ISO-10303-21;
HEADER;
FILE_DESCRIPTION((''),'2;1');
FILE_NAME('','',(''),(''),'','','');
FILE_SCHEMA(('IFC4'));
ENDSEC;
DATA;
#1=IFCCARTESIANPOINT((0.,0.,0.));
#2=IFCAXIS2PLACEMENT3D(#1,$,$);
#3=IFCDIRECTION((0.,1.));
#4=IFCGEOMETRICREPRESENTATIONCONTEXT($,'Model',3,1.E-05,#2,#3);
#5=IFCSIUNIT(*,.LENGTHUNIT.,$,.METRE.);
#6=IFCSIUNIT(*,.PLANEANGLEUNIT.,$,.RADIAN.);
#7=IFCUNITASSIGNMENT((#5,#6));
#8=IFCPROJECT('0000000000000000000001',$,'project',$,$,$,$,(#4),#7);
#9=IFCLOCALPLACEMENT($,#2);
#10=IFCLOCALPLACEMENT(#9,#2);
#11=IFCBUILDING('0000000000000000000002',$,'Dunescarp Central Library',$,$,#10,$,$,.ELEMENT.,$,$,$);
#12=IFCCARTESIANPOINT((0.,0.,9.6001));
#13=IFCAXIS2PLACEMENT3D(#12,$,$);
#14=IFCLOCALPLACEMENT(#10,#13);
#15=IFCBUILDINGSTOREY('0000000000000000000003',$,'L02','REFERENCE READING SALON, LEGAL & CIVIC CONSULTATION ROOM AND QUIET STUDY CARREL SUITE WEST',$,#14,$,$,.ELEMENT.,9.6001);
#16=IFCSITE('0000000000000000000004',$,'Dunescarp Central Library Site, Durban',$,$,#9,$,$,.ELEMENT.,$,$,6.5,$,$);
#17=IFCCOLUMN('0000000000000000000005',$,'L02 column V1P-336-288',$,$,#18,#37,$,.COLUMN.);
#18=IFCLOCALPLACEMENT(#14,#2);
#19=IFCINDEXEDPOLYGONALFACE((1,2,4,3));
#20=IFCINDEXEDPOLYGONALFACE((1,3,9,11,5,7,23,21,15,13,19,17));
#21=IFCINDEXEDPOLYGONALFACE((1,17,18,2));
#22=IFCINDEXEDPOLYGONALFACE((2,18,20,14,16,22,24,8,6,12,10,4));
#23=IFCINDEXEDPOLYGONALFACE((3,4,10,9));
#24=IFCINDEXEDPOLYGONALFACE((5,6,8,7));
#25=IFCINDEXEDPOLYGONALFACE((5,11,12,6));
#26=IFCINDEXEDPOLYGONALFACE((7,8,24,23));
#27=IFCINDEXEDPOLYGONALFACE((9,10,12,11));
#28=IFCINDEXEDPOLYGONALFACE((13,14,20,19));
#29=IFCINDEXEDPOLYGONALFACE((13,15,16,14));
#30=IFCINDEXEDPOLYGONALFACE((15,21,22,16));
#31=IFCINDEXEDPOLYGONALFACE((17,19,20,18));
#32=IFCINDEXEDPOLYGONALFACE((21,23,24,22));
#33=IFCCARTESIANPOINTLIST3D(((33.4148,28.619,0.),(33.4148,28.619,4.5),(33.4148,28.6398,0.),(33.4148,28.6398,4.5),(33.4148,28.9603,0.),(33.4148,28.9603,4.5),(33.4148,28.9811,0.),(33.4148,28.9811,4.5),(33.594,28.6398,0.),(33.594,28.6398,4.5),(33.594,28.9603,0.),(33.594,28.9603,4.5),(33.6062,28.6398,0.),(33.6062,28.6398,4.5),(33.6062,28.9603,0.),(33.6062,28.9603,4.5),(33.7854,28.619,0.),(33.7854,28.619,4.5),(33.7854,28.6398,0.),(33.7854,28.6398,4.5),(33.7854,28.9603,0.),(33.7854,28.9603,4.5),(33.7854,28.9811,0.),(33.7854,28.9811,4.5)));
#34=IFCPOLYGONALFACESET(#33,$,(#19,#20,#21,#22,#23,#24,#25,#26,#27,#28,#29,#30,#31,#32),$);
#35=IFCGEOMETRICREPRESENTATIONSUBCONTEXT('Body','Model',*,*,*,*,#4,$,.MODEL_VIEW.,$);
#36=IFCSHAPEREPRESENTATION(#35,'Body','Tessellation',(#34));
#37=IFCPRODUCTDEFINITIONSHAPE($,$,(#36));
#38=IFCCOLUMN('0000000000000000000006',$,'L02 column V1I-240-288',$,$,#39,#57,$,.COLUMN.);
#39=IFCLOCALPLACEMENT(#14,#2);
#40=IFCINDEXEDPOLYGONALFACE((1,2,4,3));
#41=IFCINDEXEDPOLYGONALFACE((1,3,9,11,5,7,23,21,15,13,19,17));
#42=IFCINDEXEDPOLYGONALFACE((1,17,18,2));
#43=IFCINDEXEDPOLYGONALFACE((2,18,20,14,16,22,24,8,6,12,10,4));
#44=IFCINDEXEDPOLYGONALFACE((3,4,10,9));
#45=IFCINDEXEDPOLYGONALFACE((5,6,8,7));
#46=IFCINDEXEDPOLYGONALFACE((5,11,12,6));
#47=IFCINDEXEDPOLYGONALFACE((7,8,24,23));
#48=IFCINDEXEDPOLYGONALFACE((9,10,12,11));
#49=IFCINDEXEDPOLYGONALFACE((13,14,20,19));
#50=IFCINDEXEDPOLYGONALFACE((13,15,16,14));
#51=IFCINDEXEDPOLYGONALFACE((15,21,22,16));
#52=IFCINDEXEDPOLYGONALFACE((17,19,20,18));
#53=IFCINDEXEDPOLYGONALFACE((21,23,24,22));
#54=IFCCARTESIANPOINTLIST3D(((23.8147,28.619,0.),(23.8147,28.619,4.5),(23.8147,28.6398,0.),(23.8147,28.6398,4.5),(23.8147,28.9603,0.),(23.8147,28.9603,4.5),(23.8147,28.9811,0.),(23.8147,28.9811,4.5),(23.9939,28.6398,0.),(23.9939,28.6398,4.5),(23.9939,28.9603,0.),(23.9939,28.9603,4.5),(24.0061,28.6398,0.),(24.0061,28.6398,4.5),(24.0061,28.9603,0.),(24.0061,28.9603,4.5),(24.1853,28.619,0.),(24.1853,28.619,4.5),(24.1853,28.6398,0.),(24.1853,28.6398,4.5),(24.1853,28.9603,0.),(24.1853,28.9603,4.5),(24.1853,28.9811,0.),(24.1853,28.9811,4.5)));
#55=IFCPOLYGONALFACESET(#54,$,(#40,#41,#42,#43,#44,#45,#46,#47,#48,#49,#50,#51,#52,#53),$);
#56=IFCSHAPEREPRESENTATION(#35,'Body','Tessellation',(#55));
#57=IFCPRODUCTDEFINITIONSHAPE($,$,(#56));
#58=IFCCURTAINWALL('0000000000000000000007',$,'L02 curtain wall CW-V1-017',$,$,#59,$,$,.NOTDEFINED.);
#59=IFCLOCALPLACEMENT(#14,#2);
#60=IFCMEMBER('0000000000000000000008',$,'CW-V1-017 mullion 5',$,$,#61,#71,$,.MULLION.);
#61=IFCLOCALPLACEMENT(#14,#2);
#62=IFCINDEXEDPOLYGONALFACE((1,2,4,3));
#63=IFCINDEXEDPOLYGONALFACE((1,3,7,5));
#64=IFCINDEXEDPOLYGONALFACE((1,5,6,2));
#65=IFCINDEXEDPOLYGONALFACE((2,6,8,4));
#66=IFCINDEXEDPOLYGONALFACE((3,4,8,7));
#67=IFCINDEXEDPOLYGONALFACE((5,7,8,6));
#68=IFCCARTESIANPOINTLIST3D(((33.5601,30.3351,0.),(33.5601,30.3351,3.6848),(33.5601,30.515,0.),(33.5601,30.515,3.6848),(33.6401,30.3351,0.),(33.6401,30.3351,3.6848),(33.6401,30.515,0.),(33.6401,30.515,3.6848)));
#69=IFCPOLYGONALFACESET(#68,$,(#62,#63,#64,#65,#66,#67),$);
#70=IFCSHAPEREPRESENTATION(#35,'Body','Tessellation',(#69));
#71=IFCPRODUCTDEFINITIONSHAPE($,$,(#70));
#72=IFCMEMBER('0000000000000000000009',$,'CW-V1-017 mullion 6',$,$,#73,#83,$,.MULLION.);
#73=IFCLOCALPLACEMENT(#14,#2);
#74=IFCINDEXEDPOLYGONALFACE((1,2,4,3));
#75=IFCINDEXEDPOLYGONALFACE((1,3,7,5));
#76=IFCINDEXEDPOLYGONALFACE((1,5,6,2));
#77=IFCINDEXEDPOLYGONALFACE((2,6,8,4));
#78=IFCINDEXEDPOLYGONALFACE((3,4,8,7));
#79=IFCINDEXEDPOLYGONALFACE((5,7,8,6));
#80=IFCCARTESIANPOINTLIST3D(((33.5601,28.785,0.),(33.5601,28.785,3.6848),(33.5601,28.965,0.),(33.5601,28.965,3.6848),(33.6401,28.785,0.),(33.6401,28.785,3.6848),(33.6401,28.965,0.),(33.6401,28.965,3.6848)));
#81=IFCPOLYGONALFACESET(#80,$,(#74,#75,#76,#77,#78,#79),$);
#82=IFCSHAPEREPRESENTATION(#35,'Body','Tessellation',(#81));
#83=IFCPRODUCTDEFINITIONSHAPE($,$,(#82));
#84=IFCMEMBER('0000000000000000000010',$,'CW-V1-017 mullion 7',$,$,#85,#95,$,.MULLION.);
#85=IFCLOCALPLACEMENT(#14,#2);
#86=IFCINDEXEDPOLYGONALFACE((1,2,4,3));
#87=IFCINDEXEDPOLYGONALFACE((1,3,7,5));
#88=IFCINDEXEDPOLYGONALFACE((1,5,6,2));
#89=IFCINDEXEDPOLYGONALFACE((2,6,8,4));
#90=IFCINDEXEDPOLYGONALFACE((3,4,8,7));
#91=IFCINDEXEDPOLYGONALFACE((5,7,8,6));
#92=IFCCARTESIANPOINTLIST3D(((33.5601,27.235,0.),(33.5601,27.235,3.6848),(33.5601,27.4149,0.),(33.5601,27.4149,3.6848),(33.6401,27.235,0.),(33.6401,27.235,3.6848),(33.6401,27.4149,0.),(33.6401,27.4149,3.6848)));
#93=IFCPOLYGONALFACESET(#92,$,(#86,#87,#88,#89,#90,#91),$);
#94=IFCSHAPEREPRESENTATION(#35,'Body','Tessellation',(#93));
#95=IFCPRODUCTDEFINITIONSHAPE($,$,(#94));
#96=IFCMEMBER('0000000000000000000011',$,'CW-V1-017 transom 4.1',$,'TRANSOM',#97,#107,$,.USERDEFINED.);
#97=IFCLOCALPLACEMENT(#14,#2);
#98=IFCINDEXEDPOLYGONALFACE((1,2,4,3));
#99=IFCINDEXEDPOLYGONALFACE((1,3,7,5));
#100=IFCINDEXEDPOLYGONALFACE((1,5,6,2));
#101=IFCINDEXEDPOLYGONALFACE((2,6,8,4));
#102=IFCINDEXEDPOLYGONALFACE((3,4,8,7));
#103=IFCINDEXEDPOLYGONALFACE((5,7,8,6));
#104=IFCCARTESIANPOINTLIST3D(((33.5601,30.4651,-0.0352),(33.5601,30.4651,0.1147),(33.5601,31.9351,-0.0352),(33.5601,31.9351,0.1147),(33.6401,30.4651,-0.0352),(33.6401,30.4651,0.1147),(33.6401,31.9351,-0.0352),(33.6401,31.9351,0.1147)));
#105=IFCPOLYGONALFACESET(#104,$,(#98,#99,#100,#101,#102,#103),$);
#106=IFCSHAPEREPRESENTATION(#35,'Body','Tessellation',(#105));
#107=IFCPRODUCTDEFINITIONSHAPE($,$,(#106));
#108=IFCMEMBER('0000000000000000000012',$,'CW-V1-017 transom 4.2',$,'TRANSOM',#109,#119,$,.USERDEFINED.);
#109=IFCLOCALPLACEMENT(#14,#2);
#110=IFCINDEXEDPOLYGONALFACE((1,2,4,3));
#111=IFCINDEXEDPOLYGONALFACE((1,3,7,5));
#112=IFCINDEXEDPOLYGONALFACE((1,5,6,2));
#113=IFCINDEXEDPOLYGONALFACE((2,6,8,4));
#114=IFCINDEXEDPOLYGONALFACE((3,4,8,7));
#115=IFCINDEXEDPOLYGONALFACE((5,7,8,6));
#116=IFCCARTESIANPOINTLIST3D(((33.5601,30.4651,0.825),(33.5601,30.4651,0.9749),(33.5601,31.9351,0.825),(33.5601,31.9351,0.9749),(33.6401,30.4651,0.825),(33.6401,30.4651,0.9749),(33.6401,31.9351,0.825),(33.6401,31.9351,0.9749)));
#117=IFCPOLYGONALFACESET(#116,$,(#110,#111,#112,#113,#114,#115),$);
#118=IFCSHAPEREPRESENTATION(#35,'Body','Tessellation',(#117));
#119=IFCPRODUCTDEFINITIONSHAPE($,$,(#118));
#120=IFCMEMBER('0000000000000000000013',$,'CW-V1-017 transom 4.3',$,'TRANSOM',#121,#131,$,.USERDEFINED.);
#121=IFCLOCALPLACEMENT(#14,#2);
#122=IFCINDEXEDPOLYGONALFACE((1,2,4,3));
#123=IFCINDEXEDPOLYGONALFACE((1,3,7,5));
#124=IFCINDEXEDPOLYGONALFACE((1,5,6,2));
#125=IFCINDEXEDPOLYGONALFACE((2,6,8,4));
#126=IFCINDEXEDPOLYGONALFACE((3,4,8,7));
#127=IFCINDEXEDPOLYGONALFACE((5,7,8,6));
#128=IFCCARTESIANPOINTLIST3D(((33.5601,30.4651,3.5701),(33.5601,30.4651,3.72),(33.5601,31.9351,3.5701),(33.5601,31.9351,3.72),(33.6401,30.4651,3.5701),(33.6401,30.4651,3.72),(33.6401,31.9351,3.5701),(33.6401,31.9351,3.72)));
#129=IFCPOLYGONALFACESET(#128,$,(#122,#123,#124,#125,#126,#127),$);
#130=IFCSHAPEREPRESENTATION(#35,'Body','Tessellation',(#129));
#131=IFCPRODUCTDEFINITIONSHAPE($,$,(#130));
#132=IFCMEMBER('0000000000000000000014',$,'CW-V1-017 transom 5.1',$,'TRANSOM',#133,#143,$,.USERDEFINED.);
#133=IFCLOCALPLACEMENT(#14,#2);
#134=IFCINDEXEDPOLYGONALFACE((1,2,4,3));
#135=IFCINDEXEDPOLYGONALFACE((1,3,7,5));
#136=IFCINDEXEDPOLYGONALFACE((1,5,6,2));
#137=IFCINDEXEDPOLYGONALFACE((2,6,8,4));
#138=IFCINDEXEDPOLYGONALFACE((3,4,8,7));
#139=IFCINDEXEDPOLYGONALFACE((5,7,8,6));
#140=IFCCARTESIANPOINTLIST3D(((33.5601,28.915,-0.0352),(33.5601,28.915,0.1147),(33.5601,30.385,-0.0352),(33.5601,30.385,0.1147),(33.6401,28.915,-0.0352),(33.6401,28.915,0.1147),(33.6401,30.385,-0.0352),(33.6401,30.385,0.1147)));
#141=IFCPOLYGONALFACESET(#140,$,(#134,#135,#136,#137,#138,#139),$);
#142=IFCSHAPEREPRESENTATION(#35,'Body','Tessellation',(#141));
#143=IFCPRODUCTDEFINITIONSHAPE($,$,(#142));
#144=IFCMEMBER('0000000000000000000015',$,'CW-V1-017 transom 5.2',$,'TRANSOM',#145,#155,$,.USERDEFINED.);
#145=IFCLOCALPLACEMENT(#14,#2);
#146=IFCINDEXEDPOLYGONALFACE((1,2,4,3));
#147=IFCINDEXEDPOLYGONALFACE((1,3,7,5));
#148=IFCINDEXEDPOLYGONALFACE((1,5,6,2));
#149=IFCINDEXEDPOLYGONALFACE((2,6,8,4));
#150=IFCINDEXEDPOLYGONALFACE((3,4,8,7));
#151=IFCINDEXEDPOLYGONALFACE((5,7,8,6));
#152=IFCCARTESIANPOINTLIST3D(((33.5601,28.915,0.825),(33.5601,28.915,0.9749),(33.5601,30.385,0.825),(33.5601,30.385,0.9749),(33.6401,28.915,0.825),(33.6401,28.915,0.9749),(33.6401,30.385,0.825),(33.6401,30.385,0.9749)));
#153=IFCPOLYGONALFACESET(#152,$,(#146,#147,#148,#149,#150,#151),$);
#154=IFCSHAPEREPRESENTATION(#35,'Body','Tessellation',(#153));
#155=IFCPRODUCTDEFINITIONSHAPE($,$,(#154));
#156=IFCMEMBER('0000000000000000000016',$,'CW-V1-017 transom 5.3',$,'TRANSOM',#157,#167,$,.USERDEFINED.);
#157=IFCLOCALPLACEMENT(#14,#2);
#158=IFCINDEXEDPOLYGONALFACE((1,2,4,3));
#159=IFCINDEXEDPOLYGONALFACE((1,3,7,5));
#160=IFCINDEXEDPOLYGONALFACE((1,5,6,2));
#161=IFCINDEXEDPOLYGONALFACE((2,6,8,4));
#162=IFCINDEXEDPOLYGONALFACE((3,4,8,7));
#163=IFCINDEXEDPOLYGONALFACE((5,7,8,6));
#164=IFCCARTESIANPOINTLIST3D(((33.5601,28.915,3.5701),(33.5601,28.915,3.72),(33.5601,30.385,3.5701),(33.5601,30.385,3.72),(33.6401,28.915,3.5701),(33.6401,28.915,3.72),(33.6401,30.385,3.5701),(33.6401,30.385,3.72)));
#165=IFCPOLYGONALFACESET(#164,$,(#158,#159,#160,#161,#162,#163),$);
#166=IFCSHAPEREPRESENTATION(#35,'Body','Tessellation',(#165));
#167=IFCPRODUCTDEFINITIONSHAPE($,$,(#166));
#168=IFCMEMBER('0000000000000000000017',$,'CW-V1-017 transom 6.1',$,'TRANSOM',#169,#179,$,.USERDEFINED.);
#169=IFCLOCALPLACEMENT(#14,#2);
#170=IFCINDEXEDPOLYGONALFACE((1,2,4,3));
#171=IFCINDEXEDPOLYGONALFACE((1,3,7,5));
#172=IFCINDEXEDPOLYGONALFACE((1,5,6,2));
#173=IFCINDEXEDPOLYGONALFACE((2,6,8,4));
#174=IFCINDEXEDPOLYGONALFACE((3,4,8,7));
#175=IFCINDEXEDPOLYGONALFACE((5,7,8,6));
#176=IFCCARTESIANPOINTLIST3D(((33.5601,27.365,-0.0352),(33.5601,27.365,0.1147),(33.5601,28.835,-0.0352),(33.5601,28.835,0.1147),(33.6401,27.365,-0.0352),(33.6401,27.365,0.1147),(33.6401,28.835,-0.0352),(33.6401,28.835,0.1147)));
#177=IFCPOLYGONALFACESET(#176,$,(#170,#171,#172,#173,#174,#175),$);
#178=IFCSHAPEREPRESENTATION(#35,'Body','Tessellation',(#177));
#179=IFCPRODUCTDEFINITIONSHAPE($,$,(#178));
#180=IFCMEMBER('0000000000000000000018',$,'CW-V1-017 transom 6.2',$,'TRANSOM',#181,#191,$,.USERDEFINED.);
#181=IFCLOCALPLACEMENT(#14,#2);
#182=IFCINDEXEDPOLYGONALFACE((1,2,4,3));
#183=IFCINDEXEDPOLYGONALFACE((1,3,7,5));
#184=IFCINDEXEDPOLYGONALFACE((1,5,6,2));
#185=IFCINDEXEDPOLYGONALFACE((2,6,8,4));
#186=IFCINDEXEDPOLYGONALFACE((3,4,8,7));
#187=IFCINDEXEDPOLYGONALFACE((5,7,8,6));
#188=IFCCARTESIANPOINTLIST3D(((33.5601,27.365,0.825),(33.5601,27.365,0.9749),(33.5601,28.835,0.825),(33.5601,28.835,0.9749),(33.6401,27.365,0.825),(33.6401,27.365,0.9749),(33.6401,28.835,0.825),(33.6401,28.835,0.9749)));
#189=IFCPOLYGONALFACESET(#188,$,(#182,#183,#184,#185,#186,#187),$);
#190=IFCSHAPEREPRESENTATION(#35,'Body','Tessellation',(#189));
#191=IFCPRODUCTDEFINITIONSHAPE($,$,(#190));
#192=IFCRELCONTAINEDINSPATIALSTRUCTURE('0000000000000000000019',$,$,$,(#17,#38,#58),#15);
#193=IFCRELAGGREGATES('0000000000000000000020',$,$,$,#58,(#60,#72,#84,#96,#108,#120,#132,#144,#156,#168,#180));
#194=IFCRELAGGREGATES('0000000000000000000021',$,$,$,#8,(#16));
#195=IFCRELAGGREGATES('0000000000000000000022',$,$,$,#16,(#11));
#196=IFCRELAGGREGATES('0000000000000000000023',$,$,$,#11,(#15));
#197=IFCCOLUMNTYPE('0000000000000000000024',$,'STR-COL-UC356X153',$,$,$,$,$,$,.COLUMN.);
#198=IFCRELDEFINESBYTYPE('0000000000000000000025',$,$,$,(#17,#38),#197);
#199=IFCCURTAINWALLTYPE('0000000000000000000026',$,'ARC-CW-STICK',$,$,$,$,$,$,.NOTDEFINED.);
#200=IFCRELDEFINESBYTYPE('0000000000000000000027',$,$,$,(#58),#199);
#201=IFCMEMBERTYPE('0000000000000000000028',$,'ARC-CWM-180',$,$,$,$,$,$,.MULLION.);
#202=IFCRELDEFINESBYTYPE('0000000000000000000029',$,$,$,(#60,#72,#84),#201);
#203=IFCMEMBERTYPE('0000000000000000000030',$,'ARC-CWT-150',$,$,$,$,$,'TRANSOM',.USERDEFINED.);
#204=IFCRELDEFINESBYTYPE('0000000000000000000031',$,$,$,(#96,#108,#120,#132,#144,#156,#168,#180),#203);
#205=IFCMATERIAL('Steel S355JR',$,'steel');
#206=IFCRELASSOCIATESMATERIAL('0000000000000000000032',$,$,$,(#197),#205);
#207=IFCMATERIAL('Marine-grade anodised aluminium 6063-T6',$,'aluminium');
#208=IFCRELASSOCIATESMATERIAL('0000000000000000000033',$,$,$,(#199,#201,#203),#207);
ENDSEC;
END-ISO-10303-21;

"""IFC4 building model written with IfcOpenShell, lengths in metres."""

from ifc_helpers import new_model, si_unit, direction, frame, origin, origin_2d, place, context, subcontext, project, spatial, rectangle, i_section, extrude, material, material_profile, profile_set, type_object, element, aggregate, save


model = new_model("IFC4")

# Units and contexts
model_context = context("Model", 3, precision=1e-05, world=origin(), true_north=direction((0.0, 1.0)))
body_context = subcontext(model_context, "Body", "Model", "MODEL_VIEW")
ifc_project = project(units=[si_unit("LENGTHUNIT", "METRE"), si_unit("PLANEANGLEUNIT", "RADIAN")], contexts=[model_context])

# Site, building, storey
site_placement = place(None, origin())
site = spatial("IfcSite", under=ifc_project, at=site_placement, Name="Dunescarp Central Library Site, Durban", CompositionType="ELEMENT", RefElevation=6.5)
building_placement = place(site_placement, origin())
building = spatial("IfcBuilding", under=site, at=building_placement, Name="Dunescarp Central Library", CompositionType="ELEMENT")
storey_placement = place(building_placement, frame((0.0, 0.0, 9.6001)))
storey = spatial("IfcBuildingStorey", under=building, at=storey_placement, Name="L02", Description="REFERENCE READING SALON, LEGAL & CIVIC CONSULTATION ROOM AND QUIET STUDY CARREL SUITE WEST", CompositionType="ELEMENT", Elevation=9.6001)

# Columns
ifc_material_1 = material(Name="Steel S355JR", Category="steel")
ifc_material_profile_1 = material_profile(ifc_material_1, i_section(OverallWidth=0.3706, OverallDepth=0.3621, WebThickness=0.0122, FlangeThickness=0.0208, at=origin_2d()), Name="UC 356x368x153")
ifc_profile_set_1 = profile_set([ifc_material_profile_1], Name="Steel S355JR")
column_type = type_object("IfcColumnType", Name="STR-COL-UC356X153", PredefinedType="COLUMN", material=ifc_profile_set_1)
for number, where, z_axis, x_axis, name in (
    (1, (33.6001, 28.8, 0.0), (0.0, 0.0, 1.0), (1.0, 0.0, 0.0), "L02 column V1P-336-288"),
    (2, (24.0, 28.8, 0.0), (0.0, 0.0, 1.0), (1.0, 0.0, 0.0), "L02 column V1I-240-288"),
):
    element("IfcColumn", number, at=place(storey_placement, frame(where, z_axis=z_axis, x_axis=x_axis)), inside=storey, type_object=column_type, Name=name, PredefinedType="COLUMN", context=body_context, shape_type="SweptSolid", body=[
        extrude(i_section(OverallWidth=0.3706, OverallDepth=0.3621, WebThickness=0.0122, FlangeThickness=0.0208, at=origin_2d()), origin(), (0.0, 0.0, 1.0), 4.5),
    ])

# Curtain wall, members
ifc_material_2 = material(Name="Marine-grade anodised aluminium 6063-T6", Category="aluminium")
curtain_wall_type = type_object("IfcCurtainWallType", Name="ARC-CW-STICK", PredefinedType="NOTDEFINED", material=ifc_material_2)
curtain_wall_placement = place(storey_placement, origin())
curtain_wall = element("IfcCurtainWall", 3, at=curtain_wall_placement, inside=storey, type_object=curtain_wall_type, Name="L02 curtain wall CW-V1-017", PredefinedType="NOTDEFINED")
ifc_material_profile_2 = material_profile(ifc_material_2, rectangle(XDim=0.0801, YDim=0.1799, at=origin_2d()), Name="AL 80x180")
ifc_profile_set_2 = profile_set([ifc_material_profile_2], Name="Marine-grade anodised aluminium 6063-T6")
member_type_1 = type_object("IfcMemberType", Name="ARC-CWM-180", PredefinedType="MULLION", material=ifc_profile_set_2)
member_1_placement = place(storey_placement, frame((33.6001, 30.425, 0.0), z_axis=(0.0, 0.0, 1.0), x_axis=(1.0, 0.0, 0.0)))
member_1 = element("IfcMember", 4, at=member_1_placement, type_object=member_type_1, Name="CW-V1-017 mullion 5", PredefinedType="MULLION", context=body_context, shape_type="SweptSolid", body=[
    extrude(rectangle(XDim=0.0801, YDim=0.1799, at=origin_2d()), origin(), (0.0, 0.0, 1.0), 3.6848),
])
member_2_placement = place(storey_placement, frame((33.6001, 28.875, 0.0), z_axis=(0.0, 0.0, 1.0), x_axis=(1.0, 0.0, 0.0)))
member_2 = element("IfcMember", 5, at=member_2_placement, type_object=member_type_1, Name="CW-V1-017 mullion 6", PredefinedType="MULLION", context=body_context, shape_type="SweptSolid", body=[
    extrude(rectangle(XDim=0.0801, YDim=0.1799, at=origin_2d()), origin(), (0.0, 0.0, 1.0), 3.6848),
])
member_3_placement = place(storey_placement, frame((33.6001, 27.325, 0.0), z_axis=(0.0, 0.0, 1.0), x_axis=(1.0, 0.0, 0.0)))
member_3 = element("IfcMember", 6, at=member_3_placement, type_object=member_type_1, Name="CW-V1-017 mullion 7", PredefinedType="MULLION", context=body_context, shape_type="SweptSolid", body=[
    extrude(rectangle(XDim=0.0801, YDim=0.1799, at=origin_2d()), origin(), (0.0, 0.0, 1.0), 3.6848),
])
ifc_material_profile_3 = material_profile(ifc_material_2, rectangle(XDim=0.0801, YDim=0.1499, at=origin_2d()), Name="AL 80x150")
ifc_profile_set_3 = profile_set([ifc_material_profile_3], Name="Marine-grade anodised aluminium 6063-T6")
member_type_2 = type_object("IfcMemberType", Name="ARC-CWT-150", ElementType="TRANSOM", PredefinedType="USERDEFINED", material=ifc_profile_set_3)
member_4_placement = place(storey_placement, frame((33.6001, 31.9351, 0.0398), z_axis=(0.0, -1.0, 0.0), x_axis=(1.0, 0.0, 0.0)))
member_4 = element("IfcMember", 7, at=member_4_placement, type_object=member_type_2, Name="CW-V1-017 transom 4.1", ObjectType="TRANSOM", PredefinedType="USERDEFINED", context=body_context, shape_type="SweptSolid", body=[
    extrude(rectangle(XDim=0.0801, YDim=0.1499, at=origin_2d()), origin(), (0.0, 0.0, 1.0), 1.47),
])
member_5_placement = place(storey_placement, frame((33.6001, 31.9351, 0.8999), z_axis=(0.0, -1.0, 0.0), x_axis=(1.0, 0.0, 0.0)))
member_5 = element("IfcMember", 8, at=member_5_placement, type_object=member_type_2, Name="CW-V1-017 transom 4.2", ObjectType="TRANSOM", PredefinedType="USERDEFINED", context=body_context, shape_type="SweptSolid", body=[
    extrude(rectangle(XDim=0.0801, YDim=0.1499, at=origin_2d()), origin(), (0.0, 0.0, 1.0), 1.47),
])
member_6_placement = place(storey_placement, frame((33.6001, 31.9351, 3.645), z_axis=(0.0, -1.0, 0.0), x_axis=(1.0, 0.0, 0.0)))
member_6 = element("IfcMember", 9, at=member_6_placement, type_object=member_type_2, Name="CW-V1-017 transom 4.3", ObjectType="TRANSOM", PredefinedType="USERDEFINED", context=body_context, shape_type="SweptSolid", body=[
    extrude(rectangle(XDim=0.0801, YDim=0.1499, at=origin_2d()), origin(), (0.0, 0.0, 1.0), 1.47),
])
member_7_placement = place(storey_placement, frame((33.6001, 30.385, 0.0398), z_axis=(0.0, -1.0, 0.0), x_axis=(1.0, 0.0, 0.0)))
member_7 = element("IfcMember", 10, at=member_7_placement, type_object=member_type_2, Name="CW-V1-017 transom 5.1", ObjectType="TRANSOM", PredefinedType="USERDEFINED", context=body_context, shape_type="SweptSolid", body=[
    extrude(rectangle(XDim=0.0801, YDim=0.1499, at=origin_2d()), origin(), (0.0, 0.0, 1.0), 1.47),
])
member_8_placement = place(storey_placement, frame((33.6001, 30.385, 0.8999), z_axis=(0.0, -1.0, 0.0), x_axis=(1.0, 0.0, 0.0)))
member_8 = element("IfcMember", 11, at=member_8_placement, type_object=member_type_2, Name="CW-V1-017 transom 5.2", ObjectType="TRANSOM", PredefinedType="USERDEFINED", context=body_context, shape_type="SweptSolid", body=[
    extrude(rectangle(XDim=0.0801, YDim=0.1499, at=origin_2d()), origin(), (0.0, 0.0, 1.0), 1.47),
])
member_9_placement = place(storey_placement, frame((33.6001, 30.385, 3.645), z_axis=(0.0, -1.0, 0.0), x_axis=(1.0, 0.0, 0.0)))
member_9 = element("IfcMember", 12, at=member_9_placement, type_object=member_type_2, Name="CW-V1-017 transom 5.3", ObjectType="TRANSOM", PredefinedType="USERDEFINED", context=body_context, shape_type="SweptSolid", body=[
    extrude(rectangle(XDim=0.0801, YDim=0.1499, at=origin_2d()), origin(), (0.0, 0.0, 1.0), 1.47),
])
member_10_placement = place(storey_placement, frame((33.6001, 28.835, 0.0398), z_axis=(0.0, -1.0, 0.0), x_axis=(1.0, 0.0, 0.0)))
member_10 = element("IfcMember", 13, at=member_10_placement, type_object=member_type_2, Name="CW-V1-017 transom 6.1", ObjectType="TRANSOM", PredefinedType="USERDEFINED", context=body_context, shape_type="SweptSolid", body=[
    extrude(rectangle(XDim=0.0801, YDim=0.1499, at=origin_2d()), origin(), (0.0, 0.0, 1.0), 1.47),
])
member_11_placement = place(storey_placement, frame((33.6001, 28.835, 0.8999), z_axis=(0.0, -1.0, 0.0), x_axis=(1.0, 0.0, 0.0)))
member_11 = element("IfcMember", 14, at=member_11_placement, type_object=member_type_2, Name="CW-V1-017 transom 6.2", ObjectType="TRANSOM", PredefinedType="USERDEFINED", context=body_context, shape_type="SweptSolid", body=[
    extrude(rectangle(XDim=0.0801, YDim=0.1499, at=origin_2d()), origin(), (0.0, 0.0, 1.0), 1.47),
])

aggregate(curtain_wall, [member_1, member_2, member_3, member_4, member_5, member_6, member_7, member_8, member_9, member_10, member_11])

save(model, "model.ifc")
